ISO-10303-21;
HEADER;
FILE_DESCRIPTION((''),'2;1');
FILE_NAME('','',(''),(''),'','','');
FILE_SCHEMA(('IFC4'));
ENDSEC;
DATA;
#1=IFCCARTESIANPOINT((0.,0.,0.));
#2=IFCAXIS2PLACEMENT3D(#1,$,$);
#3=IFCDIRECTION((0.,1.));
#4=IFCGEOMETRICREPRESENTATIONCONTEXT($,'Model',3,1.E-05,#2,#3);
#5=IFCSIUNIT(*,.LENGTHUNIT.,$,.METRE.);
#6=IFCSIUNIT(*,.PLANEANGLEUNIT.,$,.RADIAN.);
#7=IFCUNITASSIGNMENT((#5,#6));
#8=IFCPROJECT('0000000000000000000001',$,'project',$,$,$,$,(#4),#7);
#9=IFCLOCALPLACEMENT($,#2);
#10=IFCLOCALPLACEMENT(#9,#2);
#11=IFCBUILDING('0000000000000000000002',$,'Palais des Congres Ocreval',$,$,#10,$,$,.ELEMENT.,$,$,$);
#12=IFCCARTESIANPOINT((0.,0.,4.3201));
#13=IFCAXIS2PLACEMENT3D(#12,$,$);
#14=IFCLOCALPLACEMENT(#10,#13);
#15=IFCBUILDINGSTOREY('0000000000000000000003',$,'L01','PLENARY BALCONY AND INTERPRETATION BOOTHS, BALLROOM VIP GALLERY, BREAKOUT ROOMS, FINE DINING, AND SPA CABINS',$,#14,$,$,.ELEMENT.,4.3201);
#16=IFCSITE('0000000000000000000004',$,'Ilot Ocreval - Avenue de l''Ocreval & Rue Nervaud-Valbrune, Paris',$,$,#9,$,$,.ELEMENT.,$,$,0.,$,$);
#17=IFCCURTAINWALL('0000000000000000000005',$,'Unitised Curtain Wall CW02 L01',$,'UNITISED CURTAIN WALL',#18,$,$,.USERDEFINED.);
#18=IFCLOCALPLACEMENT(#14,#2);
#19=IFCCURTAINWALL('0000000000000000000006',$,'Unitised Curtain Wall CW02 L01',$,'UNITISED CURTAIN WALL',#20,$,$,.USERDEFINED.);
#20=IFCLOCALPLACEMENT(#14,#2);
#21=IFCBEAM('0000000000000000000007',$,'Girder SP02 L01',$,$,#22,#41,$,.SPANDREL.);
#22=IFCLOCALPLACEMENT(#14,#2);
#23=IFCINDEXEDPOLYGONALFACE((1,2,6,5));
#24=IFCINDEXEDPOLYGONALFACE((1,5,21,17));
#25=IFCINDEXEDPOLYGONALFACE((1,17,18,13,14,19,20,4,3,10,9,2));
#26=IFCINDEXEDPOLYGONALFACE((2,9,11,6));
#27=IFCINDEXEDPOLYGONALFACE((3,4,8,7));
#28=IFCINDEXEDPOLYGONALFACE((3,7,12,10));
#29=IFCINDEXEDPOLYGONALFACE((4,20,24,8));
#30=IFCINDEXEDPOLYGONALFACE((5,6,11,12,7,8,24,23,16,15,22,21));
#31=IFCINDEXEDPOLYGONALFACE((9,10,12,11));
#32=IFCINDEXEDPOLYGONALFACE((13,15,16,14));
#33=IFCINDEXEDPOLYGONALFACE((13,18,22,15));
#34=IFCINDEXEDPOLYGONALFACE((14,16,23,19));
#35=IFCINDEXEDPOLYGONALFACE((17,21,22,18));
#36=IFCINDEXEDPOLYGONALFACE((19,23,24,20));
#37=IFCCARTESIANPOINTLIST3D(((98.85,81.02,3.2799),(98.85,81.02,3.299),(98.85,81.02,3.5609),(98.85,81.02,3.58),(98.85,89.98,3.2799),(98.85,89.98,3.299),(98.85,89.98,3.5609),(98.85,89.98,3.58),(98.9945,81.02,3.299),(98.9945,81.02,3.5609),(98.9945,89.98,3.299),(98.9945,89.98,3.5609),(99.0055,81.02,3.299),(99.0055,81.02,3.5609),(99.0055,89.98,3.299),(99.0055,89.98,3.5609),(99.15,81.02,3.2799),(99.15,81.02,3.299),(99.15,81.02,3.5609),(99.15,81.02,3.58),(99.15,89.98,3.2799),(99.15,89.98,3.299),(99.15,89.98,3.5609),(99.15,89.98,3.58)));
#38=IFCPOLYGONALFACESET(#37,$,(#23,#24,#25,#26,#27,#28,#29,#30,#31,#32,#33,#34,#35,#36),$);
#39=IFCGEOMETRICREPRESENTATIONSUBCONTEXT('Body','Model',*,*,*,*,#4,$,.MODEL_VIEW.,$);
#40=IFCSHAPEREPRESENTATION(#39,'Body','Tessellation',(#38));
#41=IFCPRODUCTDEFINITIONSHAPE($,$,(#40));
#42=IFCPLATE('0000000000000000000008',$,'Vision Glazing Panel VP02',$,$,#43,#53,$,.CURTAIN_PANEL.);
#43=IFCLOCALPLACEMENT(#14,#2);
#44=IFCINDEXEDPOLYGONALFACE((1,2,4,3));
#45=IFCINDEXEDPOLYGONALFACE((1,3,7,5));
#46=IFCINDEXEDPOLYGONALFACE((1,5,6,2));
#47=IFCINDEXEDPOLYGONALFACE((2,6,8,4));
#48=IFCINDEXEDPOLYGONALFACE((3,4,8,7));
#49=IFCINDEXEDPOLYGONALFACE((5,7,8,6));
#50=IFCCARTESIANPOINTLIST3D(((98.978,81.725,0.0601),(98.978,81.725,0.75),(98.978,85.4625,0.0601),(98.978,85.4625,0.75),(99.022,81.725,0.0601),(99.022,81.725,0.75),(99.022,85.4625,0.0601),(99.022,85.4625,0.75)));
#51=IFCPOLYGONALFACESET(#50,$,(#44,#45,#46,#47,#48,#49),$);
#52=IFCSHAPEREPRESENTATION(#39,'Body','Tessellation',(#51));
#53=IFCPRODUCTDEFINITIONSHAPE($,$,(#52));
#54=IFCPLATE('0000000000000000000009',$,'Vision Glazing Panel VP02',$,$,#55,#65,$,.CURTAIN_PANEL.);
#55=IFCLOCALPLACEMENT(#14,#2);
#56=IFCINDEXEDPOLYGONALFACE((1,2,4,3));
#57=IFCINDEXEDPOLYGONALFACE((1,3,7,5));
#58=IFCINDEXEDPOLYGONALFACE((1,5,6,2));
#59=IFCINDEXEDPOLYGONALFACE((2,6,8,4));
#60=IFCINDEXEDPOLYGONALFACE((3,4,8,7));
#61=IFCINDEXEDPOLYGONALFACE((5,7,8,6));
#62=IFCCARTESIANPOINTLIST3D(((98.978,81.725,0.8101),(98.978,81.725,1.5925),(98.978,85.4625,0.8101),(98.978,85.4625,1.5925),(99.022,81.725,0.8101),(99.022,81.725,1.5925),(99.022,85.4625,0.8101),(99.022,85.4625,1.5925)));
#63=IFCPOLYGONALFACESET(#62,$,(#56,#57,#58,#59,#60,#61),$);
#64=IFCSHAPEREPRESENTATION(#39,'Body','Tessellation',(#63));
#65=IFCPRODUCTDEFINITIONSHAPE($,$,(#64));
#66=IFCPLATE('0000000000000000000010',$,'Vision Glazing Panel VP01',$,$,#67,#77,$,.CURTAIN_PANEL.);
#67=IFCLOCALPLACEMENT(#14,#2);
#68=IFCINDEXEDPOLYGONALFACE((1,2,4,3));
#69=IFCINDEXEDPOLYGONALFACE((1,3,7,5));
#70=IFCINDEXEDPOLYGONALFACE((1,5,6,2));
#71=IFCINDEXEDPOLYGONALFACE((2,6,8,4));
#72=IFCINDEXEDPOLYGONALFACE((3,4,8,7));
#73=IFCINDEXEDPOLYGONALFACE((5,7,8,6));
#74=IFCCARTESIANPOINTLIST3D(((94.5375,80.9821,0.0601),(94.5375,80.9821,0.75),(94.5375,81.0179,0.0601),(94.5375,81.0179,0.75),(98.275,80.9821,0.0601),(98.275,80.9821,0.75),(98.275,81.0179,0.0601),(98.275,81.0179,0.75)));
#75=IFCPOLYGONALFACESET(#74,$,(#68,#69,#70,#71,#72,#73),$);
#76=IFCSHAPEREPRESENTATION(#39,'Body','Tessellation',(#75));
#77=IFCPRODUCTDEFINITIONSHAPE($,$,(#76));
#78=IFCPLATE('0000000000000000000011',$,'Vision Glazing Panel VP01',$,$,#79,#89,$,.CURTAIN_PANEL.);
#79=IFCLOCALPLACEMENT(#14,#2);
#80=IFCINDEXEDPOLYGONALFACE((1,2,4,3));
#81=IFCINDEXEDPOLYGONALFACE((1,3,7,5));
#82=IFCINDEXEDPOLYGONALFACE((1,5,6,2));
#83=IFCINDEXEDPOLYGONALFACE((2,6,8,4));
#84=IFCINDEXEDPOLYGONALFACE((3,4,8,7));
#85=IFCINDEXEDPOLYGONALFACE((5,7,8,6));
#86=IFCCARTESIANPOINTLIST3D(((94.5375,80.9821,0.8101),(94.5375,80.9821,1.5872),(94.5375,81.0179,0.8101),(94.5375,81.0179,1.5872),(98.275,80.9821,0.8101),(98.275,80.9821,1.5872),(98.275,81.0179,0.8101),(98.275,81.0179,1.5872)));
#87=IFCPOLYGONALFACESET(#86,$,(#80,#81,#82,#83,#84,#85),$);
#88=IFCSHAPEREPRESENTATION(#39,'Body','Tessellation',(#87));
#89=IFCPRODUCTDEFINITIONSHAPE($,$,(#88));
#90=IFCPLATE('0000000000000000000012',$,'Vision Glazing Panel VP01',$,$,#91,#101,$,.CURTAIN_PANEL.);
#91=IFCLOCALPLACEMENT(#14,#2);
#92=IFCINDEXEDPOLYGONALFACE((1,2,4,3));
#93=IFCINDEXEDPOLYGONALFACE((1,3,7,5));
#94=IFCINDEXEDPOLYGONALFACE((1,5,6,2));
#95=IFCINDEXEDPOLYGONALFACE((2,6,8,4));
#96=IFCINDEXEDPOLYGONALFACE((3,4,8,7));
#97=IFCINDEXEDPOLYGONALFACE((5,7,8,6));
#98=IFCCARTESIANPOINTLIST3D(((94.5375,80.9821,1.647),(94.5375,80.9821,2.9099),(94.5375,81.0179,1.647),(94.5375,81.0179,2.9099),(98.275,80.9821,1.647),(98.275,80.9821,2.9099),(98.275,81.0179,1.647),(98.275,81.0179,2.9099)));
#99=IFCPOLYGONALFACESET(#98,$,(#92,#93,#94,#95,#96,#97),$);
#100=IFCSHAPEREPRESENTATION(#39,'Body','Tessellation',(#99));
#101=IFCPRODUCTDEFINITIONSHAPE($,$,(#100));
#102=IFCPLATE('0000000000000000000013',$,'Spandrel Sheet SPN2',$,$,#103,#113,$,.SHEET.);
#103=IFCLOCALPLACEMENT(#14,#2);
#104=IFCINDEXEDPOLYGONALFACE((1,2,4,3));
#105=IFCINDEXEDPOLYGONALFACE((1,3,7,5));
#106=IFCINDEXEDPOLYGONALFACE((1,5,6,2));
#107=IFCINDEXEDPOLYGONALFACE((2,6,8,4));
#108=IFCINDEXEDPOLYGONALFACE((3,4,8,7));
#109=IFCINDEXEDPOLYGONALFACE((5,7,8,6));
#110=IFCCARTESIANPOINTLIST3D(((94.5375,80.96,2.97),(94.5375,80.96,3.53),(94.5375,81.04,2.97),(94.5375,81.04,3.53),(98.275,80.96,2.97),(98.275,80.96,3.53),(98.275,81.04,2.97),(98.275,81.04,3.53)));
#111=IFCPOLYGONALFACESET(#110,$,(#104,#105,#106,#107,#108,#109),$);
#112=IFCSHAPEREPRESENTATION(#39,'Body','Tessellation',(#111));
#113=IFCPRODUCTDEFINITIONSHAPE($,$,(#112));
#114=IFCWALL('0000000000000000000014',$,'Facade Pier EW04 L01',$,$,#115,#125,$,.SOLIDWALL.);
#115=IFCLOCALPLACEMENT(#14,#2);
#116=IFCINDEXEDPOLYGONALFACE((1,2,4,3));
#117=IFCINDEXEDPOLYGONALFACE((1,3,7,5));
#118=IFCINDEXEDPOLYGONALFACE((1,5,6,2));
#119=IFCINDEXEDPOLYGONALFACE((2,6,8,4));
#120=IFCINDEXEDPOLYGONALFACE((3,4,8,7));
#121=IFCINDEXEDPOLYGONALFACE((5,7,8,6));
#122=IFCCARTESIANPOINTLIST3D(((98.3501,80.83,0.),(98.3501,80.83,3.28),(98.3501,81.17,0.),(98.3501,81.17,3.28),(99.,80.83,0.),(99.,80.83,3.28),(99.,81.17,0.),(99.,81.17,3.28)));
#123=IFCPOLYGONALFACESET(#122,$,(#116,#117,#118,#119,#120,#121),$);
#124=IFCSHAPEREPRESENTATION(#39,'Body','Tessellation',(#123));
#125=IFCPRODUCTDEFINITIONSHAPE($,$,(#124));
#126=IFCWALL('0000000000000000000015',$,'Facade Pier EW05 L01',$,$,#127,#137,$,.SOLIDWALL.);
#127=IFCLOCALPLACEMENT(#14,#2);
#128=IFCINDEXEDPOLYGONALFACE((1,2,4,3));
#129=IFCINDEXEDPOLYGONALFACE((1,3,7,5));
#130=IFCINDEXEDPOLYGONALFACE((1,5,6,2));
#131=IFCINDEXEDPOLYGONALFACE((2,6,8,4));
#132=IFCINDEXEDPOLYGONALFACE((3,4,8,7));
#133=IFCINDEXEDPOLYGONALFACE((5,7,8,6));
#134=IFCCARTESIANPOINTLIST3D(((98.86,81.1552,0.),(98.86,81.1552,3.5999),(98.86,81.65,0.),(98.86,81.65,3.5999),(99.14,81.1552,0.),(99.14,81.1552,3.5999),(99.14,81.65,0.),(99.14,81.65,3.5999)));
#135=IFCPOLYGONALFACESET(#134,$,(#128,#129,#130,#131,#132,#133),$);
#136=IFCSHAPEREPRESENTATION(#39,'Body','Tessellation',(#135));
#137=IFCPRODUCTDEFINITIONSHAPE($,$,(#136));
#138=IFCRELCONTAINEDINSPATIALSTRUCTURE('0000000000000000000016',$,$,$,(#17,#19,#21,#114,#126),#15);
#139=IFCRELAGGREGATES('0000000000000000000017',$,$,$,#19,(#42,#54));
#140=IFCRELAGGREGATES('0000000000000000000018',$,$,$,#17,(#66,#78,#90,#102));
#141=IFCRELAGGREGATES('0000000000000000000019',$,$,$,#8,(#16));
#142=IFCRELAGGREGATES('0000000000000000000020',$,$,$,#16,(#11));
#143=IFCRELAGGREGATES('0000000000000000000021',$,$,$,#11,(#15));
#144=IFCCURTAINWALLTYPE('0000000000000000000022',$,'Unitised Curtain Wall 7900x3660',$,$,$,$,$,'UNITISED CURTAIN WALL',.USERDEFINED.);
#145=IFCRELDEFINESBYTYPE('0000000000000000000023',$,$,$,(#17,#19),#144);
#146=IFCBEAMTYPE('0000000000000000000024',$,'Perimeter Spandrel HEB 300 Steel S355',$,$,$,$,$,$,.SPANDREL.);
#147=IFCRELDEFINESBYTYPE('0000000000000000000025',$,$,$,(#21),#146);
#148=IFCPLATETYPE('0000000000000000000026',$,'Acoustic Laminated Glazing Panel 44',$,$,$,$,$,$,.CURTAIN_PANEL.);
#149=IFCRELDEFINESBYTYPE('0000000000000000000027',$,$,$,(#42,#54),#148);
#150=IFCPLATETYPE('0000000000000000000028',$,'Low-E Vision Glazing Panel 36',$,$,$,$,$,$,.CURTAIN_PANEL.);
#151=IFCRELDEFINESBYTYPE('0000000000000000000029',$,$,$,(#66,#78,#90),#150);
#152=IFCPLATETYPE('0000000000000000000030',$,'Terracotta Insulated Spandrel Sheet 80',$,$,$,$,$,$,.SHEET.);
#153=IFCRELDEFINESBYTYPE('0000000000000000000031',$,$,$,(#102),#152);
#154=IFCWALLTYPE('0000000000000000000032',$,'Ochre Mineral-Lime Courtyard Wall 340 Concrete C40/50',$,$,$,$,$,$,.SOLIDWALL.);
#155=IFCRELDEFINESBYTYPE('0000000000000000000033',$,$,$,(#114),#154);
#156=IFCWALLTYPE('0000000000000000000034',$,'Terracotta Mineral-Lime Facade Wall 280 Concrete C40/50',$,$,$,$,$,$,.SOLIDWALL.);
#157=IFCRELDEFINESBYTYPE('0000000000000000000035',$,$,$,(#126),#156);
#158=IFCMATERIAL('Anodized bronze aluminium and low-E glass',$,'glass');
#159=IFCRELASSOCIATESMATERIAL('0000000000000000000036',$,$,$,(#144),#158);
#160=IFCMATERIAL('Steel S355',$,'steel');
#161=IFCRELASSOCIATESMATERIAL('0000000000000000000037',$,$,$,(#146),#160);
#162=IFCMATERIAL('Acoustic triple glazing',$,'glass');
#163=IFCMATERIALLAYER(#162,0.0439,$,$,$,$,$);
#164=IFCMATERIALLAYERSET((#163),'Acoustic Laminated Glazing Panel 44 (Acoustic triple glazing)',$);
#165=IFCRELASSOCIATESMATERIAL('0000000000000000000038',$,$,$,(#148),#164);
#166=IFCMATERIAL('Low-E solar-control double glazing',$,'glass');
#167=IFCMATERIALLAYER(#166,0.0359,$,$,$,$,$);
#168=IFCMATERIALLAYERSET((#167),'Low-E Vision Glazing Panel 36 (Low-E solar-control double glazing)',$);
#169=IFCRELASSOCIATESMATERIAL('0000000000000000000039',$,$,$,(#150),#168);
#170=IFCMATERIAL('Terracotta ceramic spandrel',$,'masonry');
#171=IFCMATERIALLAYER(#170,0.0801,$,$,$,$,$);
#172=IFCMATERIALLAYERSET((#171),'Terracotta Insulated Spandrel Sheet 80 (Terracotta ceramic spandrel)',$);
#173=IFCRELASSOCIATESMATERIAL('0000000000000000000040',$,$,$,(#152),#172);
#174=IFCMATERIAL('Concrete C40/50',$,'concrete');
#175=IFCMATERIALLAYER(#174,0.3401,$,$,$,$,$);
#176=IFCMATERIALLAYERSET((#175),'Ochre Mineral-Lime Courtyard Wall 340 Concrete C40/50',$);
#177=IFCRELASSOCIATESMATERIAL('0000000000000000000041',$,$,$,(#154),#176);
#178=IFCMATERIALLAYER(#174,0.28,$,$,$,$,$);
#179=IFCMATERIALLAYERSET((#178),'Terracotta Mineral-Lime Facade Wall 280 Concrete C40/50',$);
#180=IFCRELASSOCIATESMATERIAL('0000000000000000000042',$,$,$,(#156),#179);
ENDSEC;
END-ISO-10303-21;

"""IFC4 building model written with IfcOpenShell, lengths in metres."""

from ifc_helpers import new_model, si_unit, direction, frame, frame_2d, origin, origin_2d, place, context, subcontext, project, spatial, rectangle, i_section, extrude, material, layer, layer_set, material_profile, profile_set, type_object, element, aggregate, save


model = new_model("IFC4")

# Units and contexts
model_context = context("Model", 3, precision=1e-05, world=origin(), true_north=direction((0.0, 1.0)))
body_context = subcontext(model_context, "Body", "Model", "MODEL_VIEW")
ifc_project = project(units=[si_unit("LENGTHUNIT", "METRE"), si_unit("PLANEANGLEUNIT", "RADIAN")], contexts=[model_context])

# Site, building, storey
site_placement = place(None, origin())
site = spatial("IfcSite", under=ifc_project, at=site_placement, Name="Ilot Ocreval - Avenue de l'Ocreval & Rue Nervaud-Valbrune, Paris", CompositionType="ELEMENT", RefElevation=0.0)
building_placement = place(site_placement, origin())
building = spatial("IfcBuilding", under=site, at=building_placement, Name="Palais des Congres Ocreval", CompositionType="ELEMENT")
storey_placement = place(building_placement, frame((0.0, 0.0, 4.3201)))
storey = spatial("IfcBuildingStorey", under=building, at=storey_placement, Name="L01", Description="PLENARY BALCONY AND INTERPRETATION BOOTHS, BALLROOM VIP GALLERY, BREAKOUT ROOMS, FINE DINING, AND SPA CABINS", CompositionType="ELEMENT", Elevation=4.3201)

# Shared definitions
ifc_material_1 = material(Name="Steel S355", Category="steel")

# Curtain walls
ifc_material_2 = material(Name="Anodized bronze aluminium and low-E glass", Category="glass")
curtain_wall_type = type_object("IfcCurtainWallType", Name="Unitised Curtain Wall 7900x3660", ElementType="UNITISED CURTAIN WALL", PredefinedType="USERDEFINED", material=ifc_material_2)
curtain_wall_1_placement = place(storey_placement, origin())
curtain_wall_1 = element("IfcCurtainWall", 1, at=curtain_wall_1_placement, inside=storey, type_object=curtain_wall_type, Name="Unitised Curtain Wall CW02 L01", ObjectType="UNITISED CURTAIN WALL", PredefinedType="USERDEFINED")
curtain_wall_2_placement = place(storey_placement, origin())
curtain_wall_2 = element("IfcCurtainWall", 2, at=curtain_wall_2_placement, inside=storey, type_object=curtain_wall_type, Name="Unitised Curtain Wall CW02 L01", ObjectType="UNITISED CURTAIN WALL", PredefinedType="USERDEFINED")

# Beam
ifc_material_profile_1 = material_profile(ifc_material_1, i_section(OverallWidth=0.3, OverallDepth=0.3, WebThickness=0.011, FlangeThickness=0.019, at=origin_2d()), Name="HEB 300")
ifc_profile_set_1 = profile_set([ifc_material_profile_1], Name="Steel S355")
beam_type = type_object("IfcBeamType", Name="Perimeter Spandrel HEB 300 Steel S355", PredefinedType="SPANDREL", material=ifc_profile_set_1)
beam_placement = place(storey_placement, frame((99.0, 81.02, 3.4299), z_axis=(0.0, 1.0, 0.0), x_axis=(-1.0, 0.0, 0.0)))
element("IfcBeam", 3, at=beam_placement, inside=storey, type_object=beam_type, Name="Girder SP02 L01", PredefinedType="SPANDREL", context=body_context, shape_type="SweptSolid", body=[
    extrude(i_section(OverallWidth=0.3, OverallDepth=0.3, WebThickness=0.011, FlangeThickness=0.019, at=origin_2d()), origin(), (0.0, 0.0, 1.0), 8.96),
])

# Plates
ifc_material_3 = material(Name="Acoustic triple glazing", Category="glass")
ifc_layer_1 = layer(ifc_material_3, 0.0439)
ifc_layer_set_1 = layer_set([ifc_layer_1], Name="Acoustic Laminated Glazing Panel 44 (Acoustic triple glazing)")
plate_type_1 = type_object("IfcPlateType", Name="Acoustic Laminated Glazing Panel 44", PredefinedType="CURTAIN_PANEL", material=ifc_layer_set_1)
plate_1_placement = place(storey_placement, frame((99.0, 83.5938, 0.0601), z_axis=(0.0, 0.0, 1.0), x_axis=(0.0, 1.0, 0.0)))
plate_1 = element("IfcPlate", 4, at=plate_1_placement, type_object=plate_type_1, Name="Vision Glazing Panel VP02", PredefinedType="CURTAIN_PANEL", context=body_context, shape_type="SweptSolid", body=[
    extrude(rectangle(XDim=3.7375, YDim=0.0439, at=origin_2d()), origin(), (0.0, 0.0, 1.0), 0.6899),
])
plate_2_placement = place(storey_placement, frame((99.0, 83.5938, 0.8101), z_axis=(0.0, 0.0, 1.0), x_axis=(0.0, 1.0, 0.0)))
plate_2 = element("IfcPlate", 5, at=plate_2_placement, type_object=plate_type_1, Name="Vision Glazing Panel VP02", PredefinedType="CURTAIN_PANEL", context=body_context, shape_type="SweptSolid", body=[
    extrude(rectangle(XDim=3.7375, YDim=0.0439, at=origin_2d()), origin(), (0.0, 0.0, 1.0), 0.7825),
])
aggregate(curtain_wall_2, [plate_1, plate_2])
ifc_material_4 = material(Name="Low-E solar-control double glazing", Category="glass")
ifc_layer_2 = layer(ifc_material_4, 0.0359)
ifc_layer_set_2 = layer_set([ifc_layer_2], Name="Low-E Vision Glazing Panel 36 (Low-E solar-control double glazing)")
plate_type_2 = type_object("IfcPlateType", Name="Low-E Vision Glazing Panel 36", PredefinedType="CURTAIN_PANEL", material=ifc_layer_set_2)
plate_3_placement = place(storey_placement, frame((96.4062, 81.0, 0.0601), z_axis=(0.0, 0.0, 1.0), x_axis=(1.0, 0.0, 0.0)))
plate_3 = element("IfcPlate", 6, at=plate_3_placement, type_object=plate_type_2, Name="Vision Glazing Panel VP01", PredefinedType="CURTAIN_PANEL", context=body_context, shape_type="SweptSolid", body=[
    extrude(rectangle(XDim=3.7375, YDim=0.0359, at=origin_2d()), origin(), (0.0, 0.0, 1.0), 0.6899),
])
plate_4_placement = place(storey_placement, frame((96.4062, 81.0, 0.8101), z_axis=(0.0, 0.0, 1.0), x_axis=(1.0, 0.0, 0.0)))
plate_4 = element("IfcPlate", 7, at=plate_4_placement, type_object=plate_type_2, Name="Vision Glazing Panel VP01", PredefinedType="CURTAIN_PANEL", context=body_context, shape_type="SweptSolid", body=[
    extrude(rectangle(XDim=3.7375, YDim=0.0359, at=origin_2d()), origin(), (0.0, 0.0, 1.0), 0.7771),
])
plate_5_placement = place(storey_placement, frame((96.4062, 81.0, 1.647), z_axis=(0.0, 0.0, 1.0), x_axis=(1.0, 0.0, 0.0)))
plate_5 = element("IfcPlate", 8, at=plate_5_placement, type_object=plate_type_2, Name="Vision Glazing Panel VP01", PredefinedType="CURTAIN_PANEL", context=body_context, shape_type="SweptSolid", body=[
    extrude(rectangle(XDim=3.7375, YDim=0.0359, at=origin_2d()), origin(), (0.0, 0.0, 1.0), 1.2629),
])
ifc_material_5 = material(Name="Terracotta ceramic spandrel", Category="masonry")
ifc_layer_3 = layer(ifc_material_5, 0.0801)
ifc_layer_set_3 = layer_set([ifc_layer_3], Name="Terracotta Insulated Spandrel Sheet 80 (Terracotta ceramic spandrel)")
plate_type_3 = type_object("IfcPlateType", Name="Terracotta Insulated Spandrel Sheet 80", PredefinedType="SHEET", material=ifc_layer_set_3)
plate_6_placement = place(storey_placement, frame((96.4062, 81.0, 2.97), z_axis=(0.0, 0.0, 1.0), x_axis=(1.0, 0.0, 0.0)))
plate_6 = element("IfcPlate", 9, at=plate_6_placement, type_object=plate_type_3, Name="Spandrel Sheet SPN2", PredefinedType="SHEET", context=body_context, shape_type="SweptSolid", body=[
    extrude(rectangle(XDim=3.7375, YDim=0.0801, at=origin_2d()), origin(), (0.0, 0.0, 1.0), 0.5601),
])
aggregate(curtain_wall_1, [plate_3, plate_4, plate_5, plate_6])

# Walls
ifc_material_6 = material(Name="Concrete C40/50", Category="concrete")
ifc_layer_4 = layer(ifc_material_6, 0.3401)
ifc_layer_set_4 = layer_set([ifc_layer_4], Name="Ochre Mineral-Lime Courtyard Wall 340 Concrete C40/50")
wall_type_1 = type_object("IfcWallType", Name="Ochre Mineral-Lime Courtyard Wall 340 Concrete C40/50", PredefinedType="SOLIDWALL", material=ifc_layer_set_4)
wall_1_placement = place(storey_placement, frame((98.3501, 81.0, 0.0), z_axis=(0.0, 0.0, 1.0), x_axis=(1.0, 0.0, 0.0)))
element("IfcWall", 10, at=wall_1_placement, inside=storey, type_object=wall_type_1, Name="Facade Pier EW04 L01", PredefinedType="SOLIDWALL", context=body_context, shape_type="SweptSolid", body=[
    extrude(rectangle(XDim=0.6499, YDim=0.3401, at=frame_2d((0.325, 0.0))), origin(), (0.0, 0.0, 1.0), 3.28),
])
ifc_layer_5 = layer(ifc_material_6, 0.28)
ifc_layer_set_5 = layer_set([ifc_layer_5], Name="Terracotta Mineral-Lime Facade Wall 280 Concrete C40/50")
wall_type_2 = type_object("IfcWallType", Name="Terracotta Mineral-Lime Facade Wall 280 Concrete C40/50", PredefinedType="SOLIDWALL", material=ifc_layer_set_5)
wall_2_placement = place(storey_placement, frame((99.0, 81.155, 0.0), z_axis=(0.0, 0.0, 1.0), x_axis=(0.0, 1.0, 0.0)))
element("IfcWall", 11, at=wall_2_placement, inside=storey, type_object=wall_type_2, Name="Facade Pier EW05 L01", PredefinedType="SOLIDWALL", context=body_context, shape_type="SweptSolid", body=[
    extrude(rectangle(XDim=0.4949, YDim=0.28, at=frame_2d((0.2476, 0.0))), origin(), (0.0, 0.0, 1.0), 3.5999),
])

save(model, "model.ifc")
